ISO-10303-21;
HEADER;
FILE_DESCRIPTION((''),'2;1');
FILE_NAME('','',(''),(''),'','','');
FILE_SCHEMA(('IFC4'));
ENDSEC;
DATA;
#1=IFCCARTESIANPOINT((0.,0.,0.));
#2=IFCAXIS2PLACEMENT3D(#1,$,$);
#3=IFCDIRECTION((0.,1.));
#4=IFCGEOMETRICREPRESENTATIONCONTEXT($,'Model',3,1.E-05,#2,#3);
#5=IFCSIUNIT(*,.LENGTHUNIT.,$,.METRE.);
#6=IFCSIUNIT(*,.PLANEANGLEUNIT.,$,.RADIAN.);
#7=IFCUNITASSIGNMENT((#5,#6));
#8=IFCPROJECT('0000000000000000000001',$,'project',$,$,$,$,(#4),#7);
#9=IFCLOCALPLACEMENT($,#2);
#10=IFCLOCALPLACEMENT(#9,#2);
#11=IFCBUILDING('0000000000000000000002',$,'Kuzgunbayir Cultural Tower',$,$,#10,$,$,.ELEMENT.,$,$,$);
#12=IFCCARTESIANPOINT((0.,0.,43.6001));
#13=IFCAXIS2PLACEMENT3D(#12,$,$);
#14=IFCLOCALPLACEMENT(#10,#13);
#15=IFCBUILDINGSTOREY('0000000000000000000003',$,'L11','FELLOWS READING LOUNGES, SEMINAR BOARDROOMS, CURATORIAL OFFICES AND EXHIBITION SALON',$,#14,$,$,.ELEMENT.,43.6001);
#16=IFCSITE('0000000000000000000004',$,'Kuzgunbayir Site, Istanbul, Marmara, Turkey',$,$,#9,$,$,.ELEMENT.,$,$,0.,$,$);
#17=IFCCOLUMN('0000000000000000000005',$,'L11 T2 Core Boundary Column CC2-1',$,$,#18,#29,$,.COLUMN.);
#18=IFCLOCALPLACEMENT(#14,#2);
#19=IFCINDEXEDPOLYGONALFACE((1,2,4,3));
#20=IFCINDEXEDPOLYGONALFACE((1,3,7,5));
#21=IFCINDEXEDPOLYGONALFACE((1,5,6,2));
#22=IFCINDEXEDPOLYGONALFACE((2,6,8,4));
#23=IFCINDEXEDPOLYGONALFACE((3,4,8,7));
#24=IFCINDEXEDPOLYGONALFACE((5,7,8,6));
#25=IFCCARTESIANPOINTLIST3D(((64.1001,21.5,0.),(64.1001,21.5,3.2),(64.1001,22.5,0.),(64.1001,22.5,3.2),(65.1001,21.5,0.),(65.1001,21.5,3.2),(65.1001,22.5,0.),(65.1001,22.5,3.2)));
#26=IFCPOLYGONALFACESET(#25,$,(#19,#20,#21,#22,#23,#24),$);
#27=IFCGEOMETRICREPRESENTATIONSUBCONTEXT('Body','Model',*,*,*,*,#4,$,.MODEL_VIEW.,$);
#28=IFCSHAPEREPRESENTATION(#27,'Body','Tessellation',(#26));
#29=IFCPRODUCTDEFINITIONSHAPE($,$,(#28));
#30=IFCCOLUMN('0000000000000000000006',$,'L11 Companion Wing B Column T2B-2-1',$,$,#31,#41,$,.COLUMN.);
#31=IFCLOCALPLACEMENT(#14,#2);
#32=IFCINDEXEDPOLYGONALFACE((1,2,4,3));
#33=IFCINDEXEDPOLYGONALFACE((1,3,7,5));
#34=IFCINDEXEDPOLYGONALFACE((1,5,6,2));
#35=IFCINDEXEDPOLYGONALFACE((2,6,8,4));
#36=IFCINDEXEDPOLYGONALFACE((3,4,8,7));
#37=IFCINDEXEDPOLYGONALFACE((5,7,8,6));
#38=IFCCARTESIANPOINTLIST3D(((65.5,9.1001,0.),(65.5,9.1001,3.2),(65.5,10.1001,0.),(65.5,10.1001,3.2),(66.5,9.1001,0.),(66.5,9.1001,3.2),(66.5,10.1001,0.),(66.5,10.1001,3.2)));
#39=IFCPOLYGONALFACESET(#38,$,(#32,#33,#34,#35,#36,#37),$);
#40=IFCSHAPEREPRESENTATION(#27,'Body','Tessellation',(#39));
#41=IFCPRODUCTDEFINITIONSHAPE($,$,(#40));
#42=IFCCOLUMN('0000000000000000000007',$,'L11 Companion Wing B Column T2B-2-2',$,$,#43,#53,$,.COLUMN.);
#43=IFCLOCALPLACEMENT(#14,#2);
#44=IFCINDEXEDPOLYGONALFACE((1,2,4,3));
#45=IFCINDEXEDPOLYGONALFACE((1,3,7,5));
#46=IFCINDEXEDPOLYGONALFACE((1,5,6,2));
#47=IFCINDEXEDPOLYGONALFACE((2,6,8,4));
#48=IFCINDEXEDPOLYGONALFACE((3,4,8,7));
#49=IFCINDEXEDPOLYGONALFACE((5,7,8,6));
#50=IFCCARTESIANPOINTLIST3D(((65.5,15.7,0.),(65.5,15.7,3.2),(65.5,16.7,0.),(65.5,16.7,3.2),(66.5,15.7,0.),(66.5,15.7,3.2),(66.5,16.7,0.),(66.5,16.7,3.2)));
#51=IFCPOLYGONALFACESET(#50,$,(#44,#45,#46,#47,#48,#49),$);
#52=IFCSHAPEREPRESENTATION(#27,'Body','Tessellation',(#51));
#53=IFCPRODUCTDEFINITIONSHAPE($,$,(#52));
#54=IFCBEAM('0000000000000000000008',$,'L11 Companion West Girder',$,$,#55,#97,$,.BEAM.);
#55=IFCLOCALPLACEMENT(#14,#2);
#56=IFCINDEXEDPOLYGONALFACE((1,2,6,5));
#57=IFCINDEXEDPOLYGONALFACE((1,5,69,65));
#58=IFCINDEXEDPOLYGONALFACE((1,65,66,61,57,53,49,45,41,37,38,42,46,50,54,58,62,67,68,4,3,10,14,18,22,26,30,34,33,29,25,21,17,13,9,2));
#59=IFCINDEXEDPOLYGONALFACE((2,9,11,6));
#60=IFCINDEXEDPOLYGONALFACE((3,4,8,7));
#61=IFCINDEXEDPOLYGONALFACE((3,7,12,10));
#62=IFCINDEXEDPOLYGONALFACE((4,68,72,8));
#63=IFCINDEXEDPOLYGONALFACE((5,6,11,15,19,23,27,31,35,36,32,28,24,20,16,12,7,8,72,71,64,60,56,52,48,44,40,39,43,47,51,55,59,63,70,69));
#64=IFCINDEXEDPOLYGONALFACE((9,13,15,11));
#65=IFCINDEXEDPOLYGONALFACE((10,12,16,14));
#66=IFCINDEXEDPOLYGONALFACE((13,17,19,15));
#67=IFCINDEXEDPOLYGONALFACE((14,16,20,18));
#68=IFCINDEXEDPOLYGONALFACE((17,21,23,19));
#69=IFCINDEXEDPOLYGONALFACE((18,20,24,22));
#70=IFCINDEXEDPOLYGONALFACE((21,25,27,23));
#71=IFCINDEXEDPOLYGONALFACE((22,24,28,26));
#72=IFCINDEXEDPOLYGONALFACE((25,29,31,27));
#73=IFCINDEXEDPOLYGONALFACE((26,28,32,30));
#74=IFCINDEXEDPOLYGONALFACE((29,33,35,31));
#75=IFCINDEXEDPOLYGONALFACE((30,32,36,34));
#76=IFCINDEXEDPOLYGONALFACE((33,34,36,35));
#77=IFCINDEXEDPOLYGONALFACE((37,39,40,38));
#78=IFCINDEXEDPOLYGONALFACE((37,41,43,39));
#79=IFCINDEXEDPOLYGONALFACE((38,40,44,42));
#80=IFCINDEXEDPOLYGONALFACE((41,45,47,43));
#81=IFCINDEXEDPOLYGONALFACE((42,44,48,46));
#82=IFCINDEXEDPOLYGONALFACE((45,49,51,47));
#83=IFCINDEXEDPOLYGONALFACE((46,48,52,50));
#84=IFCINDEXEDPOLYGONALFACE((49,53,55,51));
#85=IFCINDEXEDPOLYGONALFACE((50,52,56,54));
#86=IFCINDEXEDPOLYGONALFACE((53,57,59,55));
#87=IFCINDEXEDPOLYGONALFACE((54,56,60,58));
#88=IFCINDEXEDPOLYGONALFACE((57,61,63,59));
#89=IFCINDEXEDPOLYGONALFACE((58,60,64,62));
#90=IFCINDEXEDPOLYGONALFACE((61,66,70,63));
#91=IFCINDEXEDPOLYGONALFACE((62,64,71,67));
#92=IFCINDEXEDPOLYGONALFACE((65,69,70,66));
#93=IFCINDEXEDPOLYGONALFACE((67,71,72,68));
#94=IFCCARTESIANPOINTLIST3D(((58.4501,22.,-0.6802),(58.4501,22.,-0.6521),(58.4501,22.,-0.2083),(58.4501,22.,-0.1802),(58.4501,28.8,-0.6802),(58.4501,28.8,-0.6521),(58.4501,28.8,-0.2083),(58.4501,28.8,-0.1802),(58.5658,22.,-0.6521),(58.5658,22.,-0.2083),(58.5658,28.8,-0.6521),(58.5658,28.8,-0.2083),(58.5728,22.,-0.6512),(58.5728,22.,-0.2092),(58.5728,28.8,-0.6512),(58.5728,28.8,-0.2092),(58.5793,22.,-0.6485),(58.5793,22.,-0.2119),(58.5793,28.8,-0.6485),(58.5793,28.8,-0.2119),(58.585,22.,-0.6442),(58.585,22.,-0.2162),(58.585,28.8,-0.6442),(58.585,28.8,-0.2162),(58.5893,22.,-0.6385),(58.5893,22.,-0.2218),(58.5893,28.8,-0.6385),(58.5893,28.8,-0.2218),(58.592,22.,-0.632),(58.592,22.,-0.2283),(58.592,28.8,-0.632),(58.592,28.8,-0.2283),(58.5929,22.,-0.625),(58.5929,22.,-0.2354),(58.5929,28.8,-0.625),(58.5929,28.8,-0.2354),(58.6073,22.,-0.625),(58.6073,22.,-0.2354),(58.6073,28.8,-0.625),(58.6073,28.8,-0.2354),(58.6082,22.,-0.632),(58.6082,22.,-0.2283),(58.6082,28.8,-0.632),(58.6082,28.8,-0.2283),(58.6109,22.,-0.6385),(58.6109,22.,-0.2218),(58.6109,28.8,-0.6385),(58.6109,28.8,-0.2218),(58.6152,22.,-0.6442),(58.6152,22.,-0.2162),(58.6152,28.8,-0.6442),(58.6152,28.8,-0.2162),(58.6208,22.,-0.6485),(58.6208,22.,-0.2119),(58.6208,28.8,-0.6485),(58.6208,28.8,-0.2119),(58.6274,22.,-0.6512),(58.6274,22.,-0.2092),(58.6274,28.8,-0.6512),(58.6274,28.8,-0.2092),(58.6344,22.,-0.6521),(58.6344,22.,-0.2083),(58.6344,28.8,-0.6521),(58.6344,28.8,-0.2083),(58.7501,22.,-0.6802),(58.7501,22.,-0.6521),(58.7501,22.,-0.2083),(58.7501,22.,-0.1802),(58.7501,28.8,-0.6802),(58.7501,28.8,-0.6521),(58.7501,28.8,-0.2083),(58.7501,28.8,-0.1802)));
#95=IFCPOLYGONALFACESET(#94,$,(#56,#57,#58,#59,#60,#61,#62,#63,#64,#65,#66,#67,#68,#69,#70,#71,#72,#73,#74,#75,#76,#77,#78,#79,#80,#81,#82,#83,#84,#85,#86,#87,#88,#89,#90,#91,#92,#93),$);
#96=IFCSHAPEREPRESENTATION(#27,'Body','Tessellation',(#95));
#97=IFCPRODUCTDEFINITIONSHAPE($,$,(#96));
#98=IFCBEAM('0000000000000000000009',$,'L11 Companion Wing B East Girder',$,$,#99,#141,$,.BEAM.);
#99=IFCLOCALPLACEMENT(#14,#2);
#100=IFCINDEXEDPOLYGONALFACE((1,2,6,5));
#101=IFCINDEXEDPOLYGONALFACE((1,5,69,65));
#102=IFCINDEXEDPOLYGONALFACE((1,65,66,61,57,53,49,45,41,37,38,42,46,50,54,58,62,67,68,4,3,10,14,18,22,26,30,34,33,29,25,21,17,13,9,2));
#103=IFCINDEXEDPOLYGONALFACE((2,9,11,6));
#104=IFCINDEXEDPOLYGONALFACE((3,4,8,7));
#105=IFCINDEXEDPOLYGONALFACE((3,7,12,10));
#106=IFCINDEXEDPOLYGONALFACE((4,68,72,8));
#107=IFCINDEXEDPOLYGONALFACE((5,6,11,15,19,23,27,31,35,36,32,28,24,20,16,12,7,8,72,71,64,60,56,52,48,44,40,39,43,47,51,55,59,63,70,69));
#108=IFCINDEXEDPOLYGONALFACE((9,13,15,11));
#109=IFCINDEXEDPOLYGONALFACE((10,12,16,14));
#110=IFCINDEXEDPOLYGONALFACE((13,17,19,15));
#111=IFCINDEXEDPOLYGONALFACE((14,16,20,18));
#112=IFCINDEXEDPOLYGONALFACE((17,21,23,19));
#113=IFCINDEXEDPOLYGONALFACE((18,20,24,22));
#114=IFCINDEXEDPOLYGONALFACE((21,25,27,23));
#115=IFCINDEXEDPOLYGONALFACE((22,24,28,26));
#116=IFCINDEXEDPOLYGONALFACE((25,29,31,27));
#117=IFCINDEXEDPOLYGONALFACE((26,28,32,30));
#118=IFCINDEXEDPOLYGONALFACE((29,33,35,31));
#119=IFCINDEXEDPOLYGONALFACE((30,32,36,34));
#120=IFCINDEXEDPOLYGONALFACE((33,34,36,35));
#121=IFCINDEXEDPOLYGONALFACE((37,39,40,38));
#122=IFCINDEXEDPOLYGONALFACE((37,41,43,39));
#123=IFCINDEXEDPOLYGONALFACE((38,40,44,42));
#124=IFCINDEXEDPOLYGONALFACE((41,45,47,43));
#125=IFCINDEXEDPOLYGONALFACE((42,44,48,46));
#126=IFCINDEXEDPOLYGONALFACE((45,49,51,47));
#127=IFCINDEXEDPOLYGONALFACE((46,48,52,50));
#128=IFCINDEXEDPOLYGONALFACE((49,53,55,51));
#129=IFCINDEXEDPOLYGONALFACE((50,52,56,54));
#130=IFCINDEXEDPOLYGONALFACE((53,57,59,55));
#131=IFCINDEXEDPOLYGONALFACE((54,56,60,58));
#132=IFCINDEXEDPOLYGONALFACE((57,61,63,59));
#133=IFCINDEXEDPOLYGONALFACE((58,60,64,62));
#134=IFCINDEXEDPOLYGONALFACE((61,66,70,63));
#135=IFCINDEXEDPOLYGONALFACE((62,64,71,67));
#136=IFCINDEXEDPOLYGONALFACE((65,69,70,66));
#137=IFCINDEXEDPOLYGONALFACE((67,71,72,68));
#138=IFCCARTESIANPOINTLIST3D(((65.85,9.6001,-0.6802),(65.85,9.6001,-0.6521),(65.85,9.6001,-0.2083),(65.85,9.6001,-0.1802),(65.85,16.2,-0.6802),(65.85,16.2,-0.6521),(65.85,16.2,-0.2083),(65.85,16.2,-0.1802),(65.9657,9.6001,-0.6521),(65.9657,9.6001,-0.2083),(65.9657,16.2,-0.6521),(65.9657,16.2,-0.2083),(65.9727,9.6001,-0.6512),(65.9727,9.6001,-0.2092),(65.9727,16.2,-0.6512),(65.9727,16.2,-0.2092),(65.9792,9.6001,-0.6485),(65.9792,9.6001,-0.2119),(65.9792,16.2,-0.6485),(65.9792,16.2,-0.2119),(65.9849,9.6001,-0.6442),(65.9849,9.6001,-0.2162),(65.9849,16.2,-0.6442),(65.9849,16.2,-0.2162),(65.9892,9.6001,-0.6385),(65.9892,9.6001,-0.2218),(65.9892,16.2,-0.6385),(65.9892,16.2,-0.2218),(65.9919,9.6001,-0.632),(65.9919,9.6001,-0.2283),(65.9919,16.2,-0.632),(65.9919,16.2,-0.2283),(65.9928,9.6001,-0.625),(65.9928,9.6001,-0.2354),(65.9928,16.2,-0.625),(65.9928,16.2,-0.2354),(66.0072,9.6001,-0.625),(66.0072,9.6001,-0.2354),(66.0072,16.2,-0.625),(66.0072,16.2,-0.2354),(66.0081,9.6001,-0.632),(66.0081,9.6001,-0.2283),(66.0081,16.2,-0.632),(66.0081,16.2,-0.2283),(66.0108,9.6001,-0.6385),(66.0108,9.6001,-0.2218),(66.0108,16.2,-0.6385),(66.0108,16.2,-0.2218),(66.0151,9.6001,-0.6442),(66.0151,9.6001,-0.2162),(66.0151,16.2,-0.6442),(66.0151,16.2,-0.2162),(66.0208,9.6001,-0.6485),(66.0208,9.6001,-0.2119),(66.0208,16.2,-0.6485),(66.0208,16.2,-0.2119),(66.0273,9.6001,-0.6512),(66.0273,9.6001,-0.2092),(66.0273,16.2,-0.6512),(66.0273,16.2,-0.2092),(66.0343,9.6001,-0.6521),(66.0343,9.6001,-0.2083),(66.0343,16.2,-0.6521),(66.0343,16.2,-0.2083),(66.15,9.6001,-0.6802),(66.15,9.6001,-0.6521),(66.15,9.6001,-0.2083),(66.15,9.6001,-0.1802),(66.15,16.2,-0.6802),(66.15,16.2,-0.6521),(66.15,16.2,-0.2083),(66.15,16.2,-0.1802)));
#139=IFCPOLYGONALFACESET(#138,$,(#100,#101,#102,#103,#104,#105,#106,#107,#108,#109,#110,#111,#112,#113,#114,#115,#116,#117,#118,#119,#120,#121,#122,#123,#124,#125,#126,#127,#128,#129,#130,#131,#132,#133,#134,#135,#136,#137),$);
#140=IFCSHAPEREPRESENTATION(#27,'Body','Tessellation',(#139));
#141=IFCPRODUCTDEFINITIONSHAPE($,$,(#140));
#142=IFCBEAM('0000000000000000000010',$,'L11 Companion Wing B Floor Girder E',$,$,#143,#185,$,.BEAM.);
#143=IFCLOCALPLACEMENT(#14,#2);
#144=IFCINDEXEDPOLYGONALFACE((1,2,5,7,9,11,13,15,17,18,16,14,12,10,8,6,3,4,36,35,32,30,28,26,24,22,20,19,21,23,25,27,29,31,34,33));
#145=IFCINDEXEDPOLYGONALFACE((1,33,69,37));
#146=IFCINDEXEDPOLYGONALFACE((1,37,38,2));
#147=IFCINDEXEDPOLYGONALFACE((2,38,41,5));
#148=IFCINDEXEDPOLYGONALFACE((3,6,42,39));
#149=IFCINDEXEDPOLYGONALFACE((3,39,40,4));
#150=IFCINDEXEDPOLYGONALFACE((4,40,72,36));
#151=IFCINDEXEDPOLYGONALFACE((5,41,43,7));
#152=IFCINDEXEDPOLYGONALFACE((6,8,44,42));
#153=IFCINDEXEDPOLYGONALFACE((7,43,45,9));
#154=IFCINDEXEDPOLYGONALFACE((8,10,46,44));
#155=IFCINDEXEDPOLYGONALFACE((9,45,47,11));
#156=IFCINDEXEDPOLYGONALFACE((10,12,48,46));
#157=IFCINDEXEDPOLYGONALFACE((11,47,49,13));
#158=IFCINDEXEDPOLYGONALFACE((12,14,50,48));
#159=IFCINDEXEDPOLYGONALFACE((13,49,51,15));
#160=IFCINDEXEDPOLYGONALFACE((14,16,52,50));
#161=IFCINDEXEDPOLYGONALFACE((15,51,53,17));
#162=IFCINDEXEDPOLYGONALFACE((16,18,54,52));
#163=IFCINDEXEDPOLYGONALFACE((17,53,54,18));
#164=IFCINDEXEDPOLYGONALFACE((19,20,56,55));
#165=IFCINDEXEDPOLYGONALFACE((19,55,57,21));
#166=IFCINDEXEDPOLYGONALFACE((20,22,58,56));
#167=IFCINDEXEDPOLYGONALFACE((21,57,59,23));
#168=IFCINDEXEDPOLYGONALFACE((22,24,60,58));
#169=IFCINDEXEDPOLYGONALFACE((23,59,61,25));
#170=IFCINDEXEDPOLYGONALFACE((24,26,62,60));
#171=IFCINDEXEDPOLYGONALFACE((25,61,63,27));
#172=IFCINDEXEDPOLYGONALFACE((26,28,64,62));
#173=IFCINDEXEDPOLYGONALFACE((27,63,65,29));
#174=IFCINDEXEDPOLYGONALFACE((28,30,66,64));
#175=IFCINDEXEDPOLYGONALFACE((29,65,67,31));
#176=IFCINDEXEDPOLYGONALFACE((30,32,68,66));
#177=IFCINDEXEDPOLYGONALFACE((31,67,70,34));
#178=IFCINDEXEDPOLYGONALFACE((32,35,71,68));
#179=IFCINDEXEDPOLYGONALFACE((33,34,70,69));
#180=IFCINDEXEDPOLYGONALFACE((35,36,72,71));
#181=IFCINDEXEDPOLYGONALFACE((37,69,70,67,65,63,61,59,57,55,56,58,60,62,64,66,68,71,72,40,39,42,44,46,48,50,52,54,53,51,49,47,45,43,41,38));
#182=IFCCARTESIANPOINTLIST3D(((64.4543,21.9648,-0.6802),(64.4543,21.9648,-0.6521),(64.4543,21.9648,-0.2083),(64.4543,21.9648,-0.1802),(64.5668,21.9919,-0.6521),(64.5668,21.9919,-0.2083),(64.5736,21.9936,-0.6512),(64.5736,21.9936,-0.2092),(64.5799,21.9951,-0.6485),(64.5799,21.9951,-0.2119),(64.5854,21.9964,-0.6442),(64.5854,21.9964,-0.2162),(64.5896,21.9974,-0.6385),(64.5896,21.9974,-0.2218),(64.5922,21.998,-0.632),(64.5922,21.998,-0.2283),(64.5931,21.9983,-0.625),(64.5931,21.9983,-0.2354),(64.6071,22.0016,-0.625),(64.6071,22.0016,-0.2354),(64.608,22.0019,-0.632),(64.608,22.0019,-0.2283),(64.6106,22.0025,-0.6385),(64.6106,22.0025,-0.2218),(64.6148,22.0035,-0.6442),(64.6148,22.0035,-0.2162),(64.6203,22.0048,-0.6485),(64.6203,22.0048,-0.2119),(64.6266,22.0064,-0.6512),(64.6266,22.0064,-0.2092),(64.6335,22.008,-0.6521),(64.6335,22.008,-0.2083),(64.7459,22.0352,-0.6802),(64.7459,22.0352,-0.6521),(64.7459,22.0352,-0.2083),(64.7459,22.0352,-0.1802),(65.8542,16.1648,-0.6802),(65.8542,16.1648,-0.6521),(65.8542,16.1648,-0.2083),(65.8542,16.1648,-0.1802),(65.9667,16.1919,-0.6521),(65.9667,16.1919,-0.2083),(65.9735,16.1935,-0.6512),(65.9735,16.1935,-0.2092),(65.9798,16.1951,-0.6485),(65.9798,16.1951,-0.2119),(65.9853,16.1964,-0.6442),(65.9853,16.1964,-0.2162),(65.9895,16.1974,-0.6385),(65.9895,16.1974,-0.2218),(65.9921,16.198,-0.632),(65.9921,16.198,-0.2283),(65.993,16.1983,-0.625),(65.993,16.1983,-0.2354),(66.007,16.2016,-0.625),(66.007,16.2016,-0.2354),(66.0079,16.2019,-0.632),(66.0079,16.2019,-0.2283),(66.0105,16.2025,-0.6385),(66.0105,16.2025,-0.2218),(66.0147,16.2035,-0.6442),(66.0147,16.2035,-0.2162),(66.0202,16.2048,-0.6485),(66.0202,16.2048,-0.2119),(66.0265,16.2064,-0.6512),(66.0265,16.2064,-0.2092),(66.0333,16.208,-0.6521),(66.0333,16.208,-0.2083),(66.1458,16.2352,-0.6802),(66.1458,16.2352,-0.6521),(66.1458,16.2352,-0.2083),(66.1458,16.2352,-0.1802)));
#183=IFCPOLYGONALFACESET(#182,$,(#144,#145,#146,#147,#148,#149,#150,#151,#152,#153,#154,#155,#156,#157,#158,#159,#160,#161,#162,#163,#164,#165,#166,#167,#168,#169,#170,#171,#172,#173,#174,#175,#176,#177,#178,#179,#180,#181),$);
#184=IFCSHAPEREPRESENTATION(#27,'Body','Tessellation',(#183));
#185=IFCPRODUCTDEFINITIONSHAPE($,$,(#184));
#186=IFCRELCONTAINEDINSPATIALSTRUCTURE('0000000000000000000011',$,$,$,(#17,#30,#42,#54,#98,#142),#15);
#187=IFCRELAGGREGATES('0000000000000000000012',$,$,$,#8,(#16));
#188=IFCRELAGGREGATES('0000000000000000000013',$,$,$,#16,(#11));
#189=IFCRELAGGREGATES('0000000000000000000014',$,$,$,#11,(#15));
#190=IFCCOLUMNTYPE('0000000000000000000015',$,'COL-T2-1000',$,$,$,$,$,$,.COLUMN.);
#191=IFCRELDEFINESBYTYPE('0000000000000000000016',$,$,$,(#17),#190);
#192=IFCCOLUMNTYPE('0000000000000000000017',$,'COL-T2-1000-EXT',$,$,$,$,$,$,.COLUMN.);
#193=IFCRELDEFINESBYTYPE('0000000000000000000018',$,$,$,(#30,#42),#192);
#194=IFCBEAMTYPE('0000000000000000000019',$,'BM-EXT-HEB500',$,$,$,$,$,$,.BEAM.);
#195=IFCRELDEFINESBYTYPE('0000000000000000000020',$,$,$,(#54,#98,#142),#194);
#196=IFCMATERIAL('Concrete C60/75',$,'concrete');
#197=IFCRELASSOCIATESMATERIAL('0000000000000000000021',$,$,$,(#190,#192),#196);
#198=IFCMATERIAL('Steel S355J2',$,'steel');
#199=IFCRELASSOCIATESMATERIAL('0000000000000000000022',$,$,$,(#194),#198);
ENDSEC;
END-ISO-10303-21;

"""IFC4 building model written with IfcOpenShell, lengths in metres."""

from ifc_helpers import new_model, si_unit, direction, frame, origin, origin_2d, place, context, subcontext, project, spatial, rectangle, i_section, extrude, material, material_profile, profile_set, type_object, element, save


model = new_model("IFC4")

# Units and contexts
model_context = context("Model", 3, precision=1e-05, world=origin(), true_north=direction((0.0, 1.0)))
body_context = subcontext(model_context, "Body", "Model", "MODEL_VIEW")
ifc_project = project(units=[si_unit("LENGTHUNIT", "METRE"), si_unit("PLANEANGLEUNIT", "RADIAN")], contexts=[model_context])

# Site, building, storey
site_placement = place(None, origin())
site = spatial("IfcSite", under=ifc_project, at=site_placement, Name="Kuzgunbayir Site, Istanbul, Marmara, Turkey", CompositionType="ELEMENT", RefElevation=0.0)
building_placement = place(site_placement, origin())
building = spatial("IfcBuilding", under=site, at=building_placement, Name="Kuzgunbayir Cultural Tower", CompositionType="ELEMENT")
storey_placement = place(building_placement, frame((0.0, 0.0, 43.6001)))
storey = spatial("IfcBuildingStorey", under=building, at=storey_placement, Name="L11", Description="FELLOWS READING LOUNGES, SEMINAR BOARDROOMS, CURATORIAL OFFICES AND EXHIBITION SALON", CompositionType="ELEMENT", Elevation=43.6001)

# Columns
ifc_material_1 = material(Name="Concrete C60/75", Category="concrete")
ifc_material_profile_1 = material_profile(ifc_material_1, rectangle(XDim=1.0, YDim=1.0, at=origin_2d()), Name="RC 1000x1000")
ifc_profile_set_1 = profile_set([ifc_material_profile_1], Name="Concrete C60/75")
column_type_1 = type_object("IfcColumnType", Name="COL-T2-1000", PredefinedType="COLUMN", material=ifc_profile_set_1)
column_placement = place(storey_placement, frame((64.6001, 22.0, 0.0), z_axis=(0.0, 0.0, 1.0), x_axis=(1.0, 0.0, 0.0)))
element("IfcColumn", 1, at=column_placement, inside=storey, type_object=column_type_1, Name="L11 T2 Core Boundary Column CC2-1", PredefinedType="COLUMN", context=body_context, shape_type="SweptSolid", body=[
    extrude(rectangle(XDim=1.0, YDim=1.0, at=origin_2d()), origin(), (0.0, 0.0, 1.0), 3.2),
])
ifc_material_profile_2 = material_profile(ifc_material_1, rectangle(XDim=1.0, YDim=1.0, at=origin_2d()), Name="RC 1000x1000")
ifc_profile_set_2 = profile_set([ifc_material_profile_2], Name="Concrete C60/75")
column_type_2 = type_object("IfcColumnType", Name="COL-T2-1000-EXT", PredefinedType="COLUMN", material=ifc_profile_set_2)
for number, where, z_axis, x_axis, name in (
    (2, (66.0, 9.6001, 0.0), (0.0, 0.0, 1.0), (1.0, 0.0, 0.0), "L11 Companion Wing B Column T2B-2-1"),
    (3, (66.0, 16.2, 0.0), (0.0, 0.0, 1.0), (1.0, 0.0, 0.0), "L11 Companion Wing B Column T2B-2-2"),
):
    element("IfcColumn", number, at=place(storey_placement, frame(where, z_axis=z_axis, x_axis=x_axis)), inside=storey, type_object=column_type_2, Name=name, PredefinedType="COLUMN", context=body_context, shape_type="SweptSolid", body=[
        extrude(rectangle(XDim=1.0, YDim=1.0, at=origin_2d()), origin(), (0.0, 0.0, 1.0), 3.2),
    ])

# Beams
ifc_material_2 = material(Name="Steel S355J2", Category="steel")
ifc_material_profile_3 = material_profile(ifc_material_2, i_section(OverallWidth=0.3, OverallDepth=0.5, WebThickness=0.0144, FlangeThickness=0.0281, FilletRadius=0.0271, at=origin_2d()), Name="HEB 500")
ifc_profile_set_3 = profile_set([ifc_material_profile_3], Name="Steel S355J2")
beam_type_1 = type_object("IfcBeamType", Name="BM-EXT-HEB500", PredefinedType="BEAM", material=ifc_profile_set_3)
beam_1_placement = place(storey_placement, frame((58.6001, 22.0, -0.4302), z_axis=(0.0, 1.0, 0.0), x_axis=(-1.0, 0.0, 0.0)))
element("IfcBeam", 4, at=beam_1_placement, inside=storey, type_object=beam_type_1, Name="L11 Companion West Girder", PredefinedType="BEAM", context=body_context, shape_type="SweptSolid", body=[
    extrude(i_section(OverallWidth=0.3, OverallDepth=0.5, WebThickness=0.0144, FlangeThickness=0.0281, FilletRadius=0.0271, at=origin_2d()), origin(), (0.0, 0.0, 1.0), 6.8),
])
beam_2_placement = place(storey_placement, frame((66.0, 9.6001, -0.4302), z_axis=(0.0, 1.0, 0.0), x_axis=(-1.0, 0.0, 0.0)))
element("IfcBeam", 5, at=beam_2_placement, inside=storey, type_object=beam_type_1, Name="L11 Companion Wing B East Girder", PredefinedType="BEAM", context=body_context, shape_type="SweptSolid", body=[
    extrude(i_section(OverallWidth=0.3, OverallDepth=0.5, WebThickness=0.0144, FlangeThickness=0.0281, FilletRadius=0.0271, at=origin_2d()), origin(), (0.0, 0.0, 1.0), 6.5999),
])
beam_3_placement = place(storey_placement, frame((66.0, 16.2, -0.4302), z_axis=(-0.234623, 0.972086, 0.0), x_axis=(-0.972086, -0.234623, 0.0)))
element("IfcBeam", 6, at=beam_3_placement, inside=storey, type_object=beam_type_1, Name="L11 Companion Wing B Floor Girder E", PredefinedType="BEAM", context=body_context, shape_type="SweptSolid", body=[
    extrude(i_section(OverallWidth=0.3, OverallDepth=0.5, WebThickness=0.0144, FlangeThickness=0.0281, FilletRadius=0.0271, at=origin_2d()), origin(), (0.0, 0.0, 1.0), 5.9666),
])

save(model, "model.ifc")
